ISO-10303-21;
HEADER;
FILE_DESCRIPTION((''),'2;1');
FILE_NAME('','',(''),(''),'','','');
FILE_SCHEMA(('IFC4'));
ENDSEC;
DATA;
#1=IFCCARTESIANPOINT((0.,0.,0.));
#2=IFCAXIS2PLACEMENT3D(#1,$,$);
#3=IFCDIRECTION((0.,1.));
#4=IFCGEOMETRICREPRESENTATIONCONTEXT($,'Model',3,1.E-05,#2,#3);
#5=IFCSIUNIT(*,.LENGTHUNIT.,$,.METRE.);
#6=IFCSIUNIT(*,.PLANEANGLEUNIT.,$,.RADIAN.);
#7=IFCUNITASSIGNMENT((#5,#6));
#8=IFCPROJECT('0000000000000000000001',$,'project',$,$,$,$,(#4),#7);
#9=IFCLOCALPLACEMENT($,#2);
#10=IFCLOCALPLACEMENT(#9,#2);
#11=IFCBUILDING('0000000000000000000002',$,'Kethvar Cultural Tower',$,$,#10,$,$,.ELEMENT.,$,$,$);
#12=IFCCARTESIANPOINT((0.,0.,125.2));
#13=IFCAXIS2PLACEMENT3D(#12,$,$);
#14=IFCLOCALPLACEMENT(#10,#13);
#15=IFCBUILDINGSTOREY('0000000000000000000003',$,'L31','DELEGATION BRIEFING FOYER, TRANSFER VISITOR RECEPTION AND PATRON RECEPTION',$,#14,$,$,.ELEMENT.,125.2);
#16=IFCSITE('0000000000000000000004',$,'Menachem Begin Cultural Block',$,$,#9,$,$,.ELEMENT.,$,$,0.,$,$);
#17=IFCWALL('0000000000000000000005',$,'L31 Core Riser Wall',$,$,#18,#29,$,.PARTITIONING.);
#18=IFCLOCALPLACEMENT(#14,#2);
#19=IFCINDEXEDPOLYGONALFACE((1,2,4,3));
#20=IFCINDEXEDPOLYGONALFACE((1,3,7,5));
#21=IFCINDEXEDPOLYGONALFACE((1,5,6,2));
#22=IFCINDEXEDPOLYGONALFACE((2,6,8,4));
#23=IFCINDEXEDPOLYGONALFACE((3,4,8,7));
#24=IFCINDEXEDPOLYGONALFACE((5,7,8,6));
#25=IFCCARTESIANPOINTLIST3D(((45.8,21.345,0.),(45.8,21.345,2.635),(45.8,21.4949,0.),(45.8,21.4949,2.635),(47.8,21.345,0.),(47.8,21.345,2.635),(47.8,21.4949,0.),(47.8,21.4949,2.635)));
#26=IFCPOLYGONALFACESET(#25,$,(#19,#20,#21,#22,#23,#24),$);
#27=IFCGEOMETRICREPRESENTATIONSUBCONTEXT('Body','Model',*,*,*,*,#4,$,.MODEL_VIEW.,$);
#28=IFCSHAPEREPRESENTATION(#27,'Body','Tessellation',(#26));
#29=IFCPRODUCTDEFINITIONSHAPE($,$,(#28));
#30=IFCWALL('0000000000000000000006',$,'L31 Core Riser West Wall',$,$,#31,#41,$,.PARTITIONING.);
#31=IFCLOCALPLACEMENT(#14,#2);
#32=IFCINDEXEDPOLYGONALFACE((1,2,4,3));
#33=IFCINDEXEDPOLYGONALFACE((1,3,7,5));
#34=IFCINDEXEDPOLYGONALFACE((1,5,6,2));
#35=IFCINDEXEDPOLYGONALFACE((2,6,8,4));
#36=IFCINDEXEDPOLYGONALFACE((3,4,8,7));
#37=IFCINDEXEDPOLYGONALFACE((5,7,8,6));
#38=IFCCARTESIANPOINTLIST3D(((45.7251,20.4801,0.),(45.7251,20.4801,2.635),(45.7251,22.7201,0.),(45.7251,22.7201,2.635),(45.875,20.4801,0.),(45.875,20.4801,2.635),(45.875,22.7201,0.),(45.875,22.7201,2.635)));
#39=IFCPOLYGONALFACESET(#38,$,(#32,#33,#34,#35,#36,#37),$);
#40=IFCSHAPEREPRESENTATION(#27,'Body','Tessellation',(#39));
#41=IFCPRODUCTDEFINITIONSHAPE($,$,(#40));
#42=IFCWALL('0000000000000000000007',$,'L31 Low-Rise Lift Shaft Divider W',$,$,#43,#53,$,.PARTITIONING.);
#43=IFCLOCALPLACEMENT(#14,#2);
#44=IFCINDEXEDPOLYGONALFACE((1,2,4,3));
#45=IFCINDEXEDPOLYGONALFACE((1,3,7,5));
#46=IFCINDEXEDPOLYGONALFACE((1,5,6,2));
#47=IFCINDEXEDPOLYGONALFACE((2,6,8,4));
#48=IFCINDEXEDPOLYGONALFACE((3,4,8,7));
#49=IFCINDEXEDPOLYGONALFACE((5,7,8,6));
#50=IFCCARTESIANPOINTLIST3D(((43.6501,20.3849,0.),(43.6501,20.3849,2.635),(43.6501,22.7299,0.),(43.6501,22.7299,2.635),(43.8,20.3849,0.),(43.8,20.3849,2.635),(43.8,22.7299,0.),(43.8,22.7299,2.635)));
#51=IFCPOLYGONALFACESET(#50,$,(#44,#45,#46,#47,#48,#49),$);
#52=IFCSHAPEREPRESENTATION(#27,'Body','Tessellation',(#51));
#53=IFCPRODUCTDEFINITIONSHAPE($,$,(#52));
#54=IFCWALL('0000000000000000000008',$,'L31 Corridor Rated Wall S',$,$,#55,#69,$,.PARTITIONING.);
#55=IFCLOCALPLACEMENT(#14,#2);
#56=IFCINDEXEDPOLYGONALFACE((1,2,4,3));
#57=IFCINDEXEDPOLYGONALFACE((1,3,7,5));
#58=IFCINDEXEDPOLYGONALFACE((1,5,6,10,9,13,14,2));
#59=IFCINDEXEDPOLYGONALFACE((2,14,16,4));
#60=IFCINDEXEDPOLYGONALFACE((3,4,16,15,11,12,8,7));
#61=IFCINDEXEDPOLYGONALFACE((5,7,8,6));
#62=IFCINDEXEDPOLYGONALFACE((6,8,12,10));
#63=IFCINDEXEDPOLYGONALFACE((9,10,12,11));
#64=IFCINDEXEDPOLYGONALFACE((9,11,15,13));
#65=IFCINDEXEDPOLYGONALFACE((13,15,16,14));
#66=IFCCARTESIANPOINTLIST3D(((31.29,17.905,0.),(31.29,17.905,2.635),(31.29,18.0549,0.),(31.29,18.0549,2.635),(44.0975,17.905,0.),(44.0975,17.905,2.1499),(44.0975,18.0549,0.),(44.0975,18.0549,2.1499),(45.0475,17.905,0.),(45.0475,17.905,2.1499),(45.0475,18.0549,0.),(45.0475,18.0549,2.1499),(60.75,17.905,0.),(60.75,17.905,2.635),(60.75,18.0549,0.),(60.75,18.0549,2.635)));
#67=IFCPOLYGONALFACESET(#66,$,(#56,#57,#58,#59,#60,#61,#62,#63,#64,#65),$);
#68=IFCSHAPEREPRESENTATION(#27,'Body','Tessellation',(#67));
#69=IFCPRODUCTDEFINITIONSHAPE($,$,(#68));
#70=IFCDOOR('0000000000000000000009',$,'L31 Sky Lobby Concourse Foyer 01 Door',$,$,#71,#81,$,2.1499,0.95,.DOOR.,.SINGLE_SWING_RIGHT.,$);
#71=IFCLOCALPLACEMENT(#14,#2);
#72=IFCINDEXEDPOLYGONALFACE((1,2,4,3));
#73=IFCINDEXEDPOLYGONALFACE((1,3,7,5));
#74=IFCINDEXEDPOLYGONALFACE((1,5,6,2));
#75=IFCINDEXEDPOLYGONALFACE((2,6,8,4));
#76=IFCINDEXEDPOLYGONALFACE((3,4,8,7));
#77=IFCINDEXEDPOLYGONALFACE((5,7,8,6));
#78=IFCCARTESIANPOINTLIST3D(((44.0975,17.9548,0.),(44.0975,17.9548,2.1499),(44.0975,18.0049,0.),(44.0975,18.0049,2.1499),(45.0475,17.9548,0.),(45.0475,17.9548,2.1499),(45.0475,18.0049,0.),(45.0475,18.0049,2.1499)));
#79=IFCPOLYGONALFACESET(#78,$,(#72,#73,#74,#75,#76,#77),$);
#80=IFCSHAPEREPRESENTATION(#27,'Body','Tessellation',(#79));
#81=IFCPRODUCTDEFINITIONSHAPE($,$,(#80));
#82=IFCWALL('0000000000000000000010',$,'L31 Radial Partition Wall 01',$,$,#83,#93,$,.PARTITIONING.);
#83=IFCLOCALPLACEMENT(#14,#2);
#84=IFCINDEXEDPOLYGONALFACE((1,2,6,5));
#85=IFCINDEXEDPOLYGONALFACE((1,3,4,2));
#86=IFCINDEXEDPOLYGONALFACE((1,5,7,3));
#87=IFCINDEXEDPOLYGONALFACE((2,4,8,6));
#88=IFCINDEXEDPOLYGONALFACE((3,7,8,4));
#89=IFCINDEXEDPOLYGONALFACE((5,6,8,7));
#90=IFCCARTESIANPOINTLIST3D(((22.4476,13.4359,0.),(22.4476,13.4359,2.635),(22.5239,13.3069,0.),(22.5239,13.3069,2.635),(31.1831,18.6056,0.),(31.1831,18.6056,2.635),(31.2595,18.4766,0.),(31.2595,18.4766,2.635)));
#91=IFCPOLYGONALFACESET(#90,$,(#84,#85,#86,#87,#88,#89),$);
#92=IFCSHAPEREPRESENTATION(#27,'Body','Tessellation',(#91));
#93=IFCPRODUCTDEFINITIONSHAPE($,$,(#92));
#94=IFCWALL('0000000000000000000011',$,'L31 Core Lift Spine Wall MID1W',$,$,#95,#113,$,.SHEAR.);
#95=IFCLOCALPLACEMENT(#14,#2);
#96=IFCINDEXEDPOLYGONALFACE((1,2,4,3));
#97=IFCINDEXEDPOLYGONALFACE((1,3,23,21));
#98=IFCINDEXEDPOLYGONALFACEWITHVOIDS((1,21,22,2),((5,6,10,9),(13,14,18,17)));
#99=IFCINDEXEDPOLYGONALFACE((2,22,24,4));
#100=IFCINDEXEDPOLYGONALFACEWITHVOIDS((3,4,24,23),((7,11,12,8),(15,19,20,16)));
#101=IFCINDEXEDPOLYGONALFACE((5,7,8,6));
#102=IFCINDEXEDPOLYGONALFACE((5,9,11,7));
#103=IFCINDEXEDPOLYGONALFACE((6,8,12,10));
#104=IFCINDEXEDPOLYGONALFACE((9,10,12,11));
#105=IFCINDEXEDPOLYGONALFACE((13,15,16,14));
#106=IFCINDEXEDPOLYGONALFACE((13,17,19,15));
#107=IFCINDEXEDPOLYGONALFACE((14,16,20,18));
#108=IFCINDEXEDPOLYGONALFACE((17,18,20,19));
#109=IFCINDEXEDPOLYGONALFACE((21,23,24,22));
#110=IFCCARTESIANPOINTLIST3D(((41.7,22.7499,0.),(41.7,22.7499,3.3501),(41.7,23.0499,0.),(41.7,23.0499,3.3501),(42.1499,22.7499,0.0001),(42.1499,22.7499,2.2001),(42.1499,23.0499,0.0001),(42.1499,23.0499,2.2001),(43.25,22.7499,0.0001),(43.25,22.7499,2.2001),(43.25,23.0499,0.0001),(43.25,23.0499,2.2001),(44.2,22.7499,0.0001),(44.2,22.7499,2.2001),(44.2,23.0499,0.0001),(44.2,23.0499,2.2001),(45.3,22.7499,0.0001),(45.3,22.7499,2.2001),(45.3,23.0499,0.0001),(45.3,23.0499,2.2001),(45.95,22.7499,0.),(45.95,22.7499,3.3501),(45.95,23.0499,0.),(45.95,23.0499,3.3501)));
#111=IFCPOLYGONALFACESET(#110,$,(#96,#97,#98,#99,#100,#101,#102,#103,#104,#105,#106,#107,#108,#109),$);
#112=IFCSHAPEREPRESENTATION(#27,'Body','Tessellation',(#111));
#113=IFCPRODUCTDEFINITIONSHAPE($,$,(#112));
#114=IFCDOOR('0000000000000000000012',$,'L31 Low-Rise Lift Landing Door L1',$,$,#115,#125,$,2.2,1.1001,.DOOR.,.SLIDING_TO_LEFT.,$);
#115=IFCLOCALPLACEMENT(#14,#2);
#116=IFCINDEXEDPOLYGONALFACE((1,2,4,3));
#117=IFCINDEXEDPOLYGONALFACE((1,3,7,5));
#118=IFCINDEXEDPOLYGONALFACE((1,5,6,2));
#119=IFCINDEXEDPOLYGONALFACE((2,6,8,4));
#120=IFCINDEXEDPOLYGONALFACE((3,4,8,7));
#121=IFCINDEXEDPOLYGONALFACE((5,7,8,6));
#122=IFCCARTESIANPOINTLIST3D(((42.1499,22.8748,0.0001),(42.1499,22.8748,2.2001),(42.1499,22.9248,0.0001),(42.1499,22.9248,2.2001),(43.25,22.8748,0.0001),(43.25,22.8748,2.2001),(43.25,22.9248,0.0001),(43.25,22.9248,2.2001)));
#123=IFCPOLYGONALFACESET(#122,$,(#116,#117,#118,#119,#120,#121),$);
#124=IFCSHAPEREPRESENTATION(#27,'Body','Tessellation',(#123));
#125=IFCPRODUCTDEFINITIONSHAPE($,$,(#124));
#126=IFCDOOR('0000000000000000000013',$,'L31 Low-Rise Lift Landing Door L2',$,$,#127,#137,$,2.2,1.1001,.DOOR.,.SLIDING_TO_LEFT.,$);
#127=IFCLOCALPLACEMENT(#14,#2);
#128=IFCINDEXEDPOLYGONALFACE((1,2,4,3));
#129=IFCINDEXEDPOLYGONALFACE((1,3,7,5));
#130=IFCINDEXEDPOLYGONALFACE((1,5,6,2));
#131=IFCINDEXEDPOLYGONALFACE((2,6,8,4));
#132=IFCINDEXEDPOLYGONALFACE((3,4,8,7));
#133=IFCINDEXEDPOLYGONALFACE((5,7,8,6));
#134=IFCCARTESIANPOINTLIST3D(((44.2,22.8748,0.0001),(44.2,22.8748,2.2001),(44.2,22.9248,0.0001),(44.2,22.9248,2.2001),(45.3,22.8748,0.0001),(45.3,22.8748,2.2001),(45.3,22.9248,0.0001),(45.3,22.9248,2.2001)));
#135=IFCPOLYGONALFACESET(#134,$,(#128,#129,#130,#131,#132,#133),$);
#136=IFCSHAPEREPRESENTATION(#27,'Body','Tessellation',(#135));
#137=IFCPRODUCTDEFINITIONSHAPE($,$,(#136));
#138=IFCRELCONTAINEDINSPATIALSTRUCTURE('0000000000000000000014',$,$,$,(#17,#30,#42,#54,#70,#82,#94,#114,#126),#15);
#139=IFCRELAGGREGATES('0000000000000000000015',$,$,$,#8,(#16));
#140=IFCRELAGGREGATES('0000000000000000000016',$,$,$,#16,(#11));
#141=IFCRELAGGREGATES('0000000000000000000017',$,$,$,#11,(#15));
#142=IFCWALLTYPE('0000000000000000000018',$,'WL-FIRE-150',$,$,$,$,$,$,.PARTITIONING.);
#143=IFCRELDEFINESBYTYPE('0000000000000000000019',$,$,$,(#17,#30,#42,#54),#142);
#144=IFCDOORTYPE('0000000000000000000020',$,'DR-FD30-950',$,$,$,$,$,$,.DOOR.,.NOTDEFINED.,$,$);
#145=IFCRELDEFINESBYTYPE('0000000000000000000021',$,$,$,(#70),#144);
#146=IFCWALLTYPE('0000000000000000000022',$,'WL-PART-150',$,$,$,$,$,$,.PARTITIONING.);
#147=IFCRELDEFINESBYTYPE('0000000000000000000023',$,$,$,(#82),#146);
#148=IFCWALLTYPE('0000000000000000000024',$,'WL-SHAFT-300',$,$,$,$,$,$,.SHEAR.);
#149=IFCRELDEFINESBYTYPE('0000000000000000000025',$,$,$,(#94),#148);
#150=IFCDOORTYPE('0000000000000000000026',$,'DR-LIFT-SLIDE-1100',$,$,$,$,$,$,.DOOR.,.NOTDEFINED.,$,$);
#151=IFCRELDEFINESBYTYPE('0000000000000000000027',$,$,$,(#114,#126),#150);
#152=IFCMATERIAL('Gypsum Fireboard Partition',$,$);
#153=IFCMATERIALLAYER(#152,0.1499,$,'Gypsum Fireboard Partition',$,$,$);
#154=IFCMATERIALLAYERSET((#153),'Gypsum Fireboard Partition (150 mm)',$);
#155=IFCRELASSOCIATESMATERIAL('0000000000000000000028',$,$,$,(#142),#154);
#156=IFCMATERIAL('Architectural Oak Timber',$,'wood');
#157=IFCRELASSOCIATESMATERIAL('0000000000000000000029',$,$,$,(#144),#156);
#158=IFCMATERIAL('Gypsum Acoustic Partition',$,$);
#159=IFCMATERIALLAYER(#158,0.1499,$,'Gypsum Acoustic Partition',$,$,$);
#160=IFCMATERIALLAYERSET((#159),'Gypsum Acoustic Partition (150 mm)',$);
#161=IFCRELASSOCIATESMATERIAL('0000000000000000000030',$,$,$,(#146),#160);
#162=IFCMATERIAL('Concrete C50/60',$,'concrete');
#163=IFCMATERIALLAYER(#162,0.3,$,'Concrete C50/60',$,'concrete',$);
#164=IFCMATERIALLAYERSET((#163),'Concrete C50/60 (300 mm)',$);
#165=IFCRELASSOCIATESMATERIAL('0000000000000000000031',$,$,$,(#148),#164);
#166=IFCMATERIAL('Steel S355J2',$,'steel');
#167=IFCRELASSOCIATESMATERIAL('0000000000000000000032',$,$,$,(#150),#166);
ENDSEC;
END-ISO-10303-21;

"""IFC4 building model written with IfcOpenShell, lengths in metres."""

from ifc_helpers import new_model, si_unit, direction, frame, frame_2d, origin, place, context, subcontext, project, spatial, rectangle, extrude, source, transform, mapped, material, layer, layer_set, type_object, element, fill, save


model = new_model("IFC4")

# Units and contexts
model_context = context("Model", 3, precision=1e-05, world=origin(), true_north=direction((0.0, 1.0)))
body_context = subcontext(model_context, "Body", "Model", "MODEL_VIEW")
ifc_project = project(units=[si_unit("LENGTHUNIT", "METRE"), si_unit("PLANEANGLEUNIT", "RADIAN")], contexts=[model_context])

# Site, building, storey
site_placement = place(None, origin())
site = spatial("IfcSite", under=ifc_project, at=site_placement, Name="Menachem Begin Cultural Block", CompositionType="ELEMENT", RefElevation=0.0)
building_placement = place(site_placement, origin())
building = spatial("IfcBuilding", under=site, at=building_placement, Name="Kethvar Cultural Tower", CompositionType="ELEMENT")
storey_placement = place(building_placement, frame((0.0, 0.0, 125.2)))
storey = spatial("IfcBuildingStorey", under=building, at=storey_placement, Name="L31", Description="DELEGATION BRIEFING FOYER, TRANSFER VISITOR RECEPTION AND PATRON RECEPTION", CompositionType="ELEMENT", Elevation=125.2)

# Shared definitions
ifc_material_1 = material(Name="Steel S355J2", Category="steel")

# Walls
ifc_material_2 = material(Name="Gypsum Fireboard Partition")
ifc_layer_1 = layer(ifc_material_2, 0.1499, Name="Gypsum Fireboard Partition")
ifc_layer_set_1 = layer_set([ifc_layer_1], Name="Gypsum Fireboard Partition (150 mm)")
wall_type_1 = type_object("IfcWallType", Name="WL-FIRE-150", PredefinedType="PARTITIONING", material=ifc_layer_set_1)
wall_1_placement = place(storey_placement, frame((45.8, 21.4199, 0.0), z_axis=(0.0, 0.0, 1.0), x_axis=(1.0, 0.0, 0.0)))
element("IfcWall", 1, at=wall_1_placement, inside=storey, type_object=wall_type_1, Name="L31 Core Riser Wall", PredefinedType="PARTITIONING", context=body_context, shape_type="SweptSolid", body=[
    extrude(rectangle(XDim=2.0, YDim=0.1499, at=frame_2d((1.0, 0.0))), origin(), (0.0, 0.0, 1.0), 2.635),
])
wall_2_placement = place(storey_placement, frame((45.8, 20.48, 0.0), z_axis=(0.0, 0.0, 1.0), x_axis=(0.0, 1.0, 0.0)))
element("IfcWall", 2, at=wall_2_placement, inside=storey, type_object=wall_type_1, Name="L31 Core Riser West Wall", PredefinedType="PARTITIONING", context=body_context, shape_type="SweptSolid", body=[
    extrude(rectangle(XDim=2.24, YDim=0.1499, at=frame_2d((1.1201, 0.0))), origin(), (0.0, 0.0, 1.0), 2.635),
])
wall_3_placement = place(storey_placement, frame((43.7251, 20.385, 0.0), z_axis=(0.0, 0.0, 1.0), x_axis=(0.0, 1.0, 0.0)))
element("IfcWall", 3, at=wall_3_placement, inside=storey, type_object=wall_type_1, Name="L31 Low-Rise Lift Shaft Divider W", PredefinedType="PARTITIONING", context=body_context, shape_type="SweptSolid", body=[
    extrude(rectangle(XDim=2.345, YDim=0.1499, at=frame_2d((1.1724, 0.0))), origin(), (0.0, 0.0, 1.0), 2.635),
])

# Wall, opening, door
wall_4_placement = place(storey_placement, frame((31.29, 17.98, 0.0), z_axis=(0.0, 0.0, 1.0), x_axis=(1.0, 0.0, 0.0)))
wall_4 = element("IfcWall", 4, at=wall_4_placement, inside=storey, type_object=wall_type_1, Name="L31 Corridor Rated Wall S", PredefinedType="PARTITIONING", context=body_context, shape_type="SweptSolid", body=[
    extrude(rectangle(XDim=29.46, YDim=0.1499, at=frame_2d((14.73, 0.0))), origin(), (0.0, 0.0, 1.0), 2.635),
])
opening_1_placement = place(wall_4_placement, frame((12.8074, 0.0, 0.0)))
opening_1 = element("IfcOpeningElement", 5, at=opening_1_placement, cuts=wall_4, PredefinedType="OPENING", context=body_context, shape_type="SweptSolid", body=[
    extrude(rectangle(XDim=0.95, YDim=2.1499, at=frame_2d((0.4751, 1.075))), frame((0.0, 0.085, 0.0), z_axis=(0.0, -1.0, 0.0), x_axis=(1.0, 0.0, 0.0)), (0.0, 0.0, 1.0), 0.1699),
])
ifc_material_3 = material(Name="Architectural Oak Timber", Category="wood")
door_type_1 = type_object("IfcDoorType", Name="DR-FD30-950", OperationType="NOTDEFINED", PredefinedType="DOOR", material=ifc_material_3)
shared_shape_1 = source(origin(), body_context, "Body", "SweptSolid", [
    extrude(rectangle(XDim=0.95, YDim=2.1499, at=frame_2d((0.4751, 1.075))), frame((0.0, 0.0249, 0.0), z_axis=(0.0, -1.0, 0.0), x_axis=(1.0, 0.0, 0.0)), (0.0, 0.0, 1.0), 0.05),
])
door_1_placement = place(opening_1_placement, origin())
door_1 = element("IfcDoor", 6, at=door_1_placement, inside=storey, type_object=door_type_1, Name="L31 Sky Lobby Concourse Foyer 01 Door", OperationType="SINGLE_SWING_RIGHT", OverallHeight=2.1499, OverallWidth=0.95, PredefinedType="DOOR", context=body_context, shape_type="MappedRepresentation", body=[
    mapped(shared_shape_1, transform((0.0, 0.0, 0.0), scale=1.0)),
])
fill(opening_1, door_1)

# Wall
ifc_material_4 = material(Name="Gypsum Acoustic Partition")
ifc_layer_2 = layer(ifc_material_4, 0.1499, Name="Gypsum Acoustic Partition")
ifc_layer_set_2 = layer_set([ifc_layer_2], Name="Gypsum Acoustic Partition (150 mm)")
wall_type_2 = type_object("IfcWallType", Name="WL-PART-150", PredefinedType="PARTITIONING", material=ifc_layer_set_2)
wall_5_placement = place(storey_placement, frame((31.2212, 18.541, 0.0), z_axis=(0.0, 0.0, 1.0), x_axis=(-0.860593, -0.509294, 0.0)))
element("IfcWall", 7, at=wall_5_placement, inside=storey, type_object=wall_type_2, Name="L31 Radial Partition Wall 01", PredefinedType="PARTITIONING", context=body_context, shape_type="SweptSolid", body=[
    extrude(rectangle(XDim=10.1506, YDim=0.1499, at=frame_2d((5.0752, 0.0))), origin(), (0.0, 0.0, 1.0), 2.635),
])

# Wall, openings, doors
ifc_material_5 = material(Name="Concrete C50/60", Category="concrete")
ifc_layer_3 = layer(ifc_material_5, 0.3, Name="Concrete C50/60", Category="concrete")
ifc_layer_set_3 = layer_set([ifc_layer_3], Name="Concrete C50/60 (300 mm)")
wall_type_3 = type_object("IfcWallType", Name="WL-SHAFT-300", PredefinedType="SHEAR", material=ifc_layer_set_3)
wall_6_placement = place(storey_placement, frame((41.7, 22.8999, 0.0), z_axis=(0.0, 0.0, 1.0), x_axis=(1.0, 0.0, 0.0)))
wall_6 = element("IfcWall", 8, at=wall_6_placement, inside=storey, type_object=wall_type_3, Name="L31 Core Lift Spine Wall MID1W", PredefinedType="SHEAR", context=body_context, shape_type="SweptSolid", body=[
    extrude(rectangle(XDim=4.25, YDim=0.3, at=frame_2d((2.125, 0.0))), origin(), (0.0, 0.0, 1.0), 3.3501),
])
opening_2_placement = place(wall_6_placement, frame((0.45, 0.0, 0.0)))
opening_2 = element("IfcOpeningElement", 9, at=opening_2_placement, cuts=wall_6, PredefinedType="OPENING", context=body_context, shape_type="SweptSolid", body=[
    extrude(rectangle(XDim=1.1001, YDim=2.2, at=frame_2d((0.55, 1.1001))), frame((0.0, 0.1599, 0.0), z_axis=(0.0, -1.0, 0.0), x_axis=(1.0, 0.0, 0.0)), (0.0, 0.0, 1.0), 0.3201),
])
opening_3_placement = place(wall_6_placement, frame((2.5, 0.0, 0.0)))
opening_3 = element("IfcOpeningElement", 10, at=opening_3_placement, cuts=wall_6, PredefinedType="OPENING", context=body_context, shape_type="SweptSolid", body=[
    extrude(rectangle(XDim=1.1001, YDim=2.2, at=frame_2d((0.55, 1.1001))), frame((0.0, 0.1599, 0.0), z_axis=(0.0, -1.0, 0.0), x_axis=(1.0, 0.0, 0.0)), (0.0, 0.0, 1.0), 0.3201),
])
door_type_2 = type_object("IfcDoorType", Name="DR-LIFT-SLIDE-1100", OperationType="NOTDEFINED", PredefinedType="DOOR", material=ifc_material_1)
shared_shape_2 = source(origin(), body_context, "Body", "SweptSolid", [
    extrude(rectangle(XDim=1.1001, YDim=2.2, at=frame_2d((0.55, 1.1001))), frame((0.0, 0.0249, 0.0), z_axis=(0.0, -1.0, 0.0), x_axis=(1.0, 0.0, 0.0)), (0.0, 0.0, 1.0), 0.05),
])
door_2_placement = place(opening_2_placement, origin())
door_2 = element("IfcDoor", 11, at=door_2_placement, inside=storey, type_object=door_type_2, Name="L31 Low-Rise Lift Landing Door L1", OperationType="SLIDING_TO_LEFT", OverallHeight=2.2, OverallWidth=1.1001, PredefinedType="DOOR", context=body_context, shape_type="MappedRepresentation", body=[
    mapped(shared_shape_2, transform((0.0, 0.0, 0.0), scale=1.0)),
])
fill(opening_2, door_2)
door_3_placement = place(opening_3_placement, origin())
door_3 = element("IfcDoor", 12, at=door_3_placement, inside=storey, type_object=door_type_2, Name="L31 Low-Rise Lift Landing Door L2", OperationType="SLIDING_TO_LEFT", OverallHeight=2.2, OverallWidth=1.1001, PredefinedType="DOOR", context=body_context, shape_type="MappedRepresentation", body=[
    mapped(shared_shape_2, transform((0.0, 0.0, 0.0), scale=1.0)),
])
fill(opening_3, door_3)

save(model, "model.ifc")
